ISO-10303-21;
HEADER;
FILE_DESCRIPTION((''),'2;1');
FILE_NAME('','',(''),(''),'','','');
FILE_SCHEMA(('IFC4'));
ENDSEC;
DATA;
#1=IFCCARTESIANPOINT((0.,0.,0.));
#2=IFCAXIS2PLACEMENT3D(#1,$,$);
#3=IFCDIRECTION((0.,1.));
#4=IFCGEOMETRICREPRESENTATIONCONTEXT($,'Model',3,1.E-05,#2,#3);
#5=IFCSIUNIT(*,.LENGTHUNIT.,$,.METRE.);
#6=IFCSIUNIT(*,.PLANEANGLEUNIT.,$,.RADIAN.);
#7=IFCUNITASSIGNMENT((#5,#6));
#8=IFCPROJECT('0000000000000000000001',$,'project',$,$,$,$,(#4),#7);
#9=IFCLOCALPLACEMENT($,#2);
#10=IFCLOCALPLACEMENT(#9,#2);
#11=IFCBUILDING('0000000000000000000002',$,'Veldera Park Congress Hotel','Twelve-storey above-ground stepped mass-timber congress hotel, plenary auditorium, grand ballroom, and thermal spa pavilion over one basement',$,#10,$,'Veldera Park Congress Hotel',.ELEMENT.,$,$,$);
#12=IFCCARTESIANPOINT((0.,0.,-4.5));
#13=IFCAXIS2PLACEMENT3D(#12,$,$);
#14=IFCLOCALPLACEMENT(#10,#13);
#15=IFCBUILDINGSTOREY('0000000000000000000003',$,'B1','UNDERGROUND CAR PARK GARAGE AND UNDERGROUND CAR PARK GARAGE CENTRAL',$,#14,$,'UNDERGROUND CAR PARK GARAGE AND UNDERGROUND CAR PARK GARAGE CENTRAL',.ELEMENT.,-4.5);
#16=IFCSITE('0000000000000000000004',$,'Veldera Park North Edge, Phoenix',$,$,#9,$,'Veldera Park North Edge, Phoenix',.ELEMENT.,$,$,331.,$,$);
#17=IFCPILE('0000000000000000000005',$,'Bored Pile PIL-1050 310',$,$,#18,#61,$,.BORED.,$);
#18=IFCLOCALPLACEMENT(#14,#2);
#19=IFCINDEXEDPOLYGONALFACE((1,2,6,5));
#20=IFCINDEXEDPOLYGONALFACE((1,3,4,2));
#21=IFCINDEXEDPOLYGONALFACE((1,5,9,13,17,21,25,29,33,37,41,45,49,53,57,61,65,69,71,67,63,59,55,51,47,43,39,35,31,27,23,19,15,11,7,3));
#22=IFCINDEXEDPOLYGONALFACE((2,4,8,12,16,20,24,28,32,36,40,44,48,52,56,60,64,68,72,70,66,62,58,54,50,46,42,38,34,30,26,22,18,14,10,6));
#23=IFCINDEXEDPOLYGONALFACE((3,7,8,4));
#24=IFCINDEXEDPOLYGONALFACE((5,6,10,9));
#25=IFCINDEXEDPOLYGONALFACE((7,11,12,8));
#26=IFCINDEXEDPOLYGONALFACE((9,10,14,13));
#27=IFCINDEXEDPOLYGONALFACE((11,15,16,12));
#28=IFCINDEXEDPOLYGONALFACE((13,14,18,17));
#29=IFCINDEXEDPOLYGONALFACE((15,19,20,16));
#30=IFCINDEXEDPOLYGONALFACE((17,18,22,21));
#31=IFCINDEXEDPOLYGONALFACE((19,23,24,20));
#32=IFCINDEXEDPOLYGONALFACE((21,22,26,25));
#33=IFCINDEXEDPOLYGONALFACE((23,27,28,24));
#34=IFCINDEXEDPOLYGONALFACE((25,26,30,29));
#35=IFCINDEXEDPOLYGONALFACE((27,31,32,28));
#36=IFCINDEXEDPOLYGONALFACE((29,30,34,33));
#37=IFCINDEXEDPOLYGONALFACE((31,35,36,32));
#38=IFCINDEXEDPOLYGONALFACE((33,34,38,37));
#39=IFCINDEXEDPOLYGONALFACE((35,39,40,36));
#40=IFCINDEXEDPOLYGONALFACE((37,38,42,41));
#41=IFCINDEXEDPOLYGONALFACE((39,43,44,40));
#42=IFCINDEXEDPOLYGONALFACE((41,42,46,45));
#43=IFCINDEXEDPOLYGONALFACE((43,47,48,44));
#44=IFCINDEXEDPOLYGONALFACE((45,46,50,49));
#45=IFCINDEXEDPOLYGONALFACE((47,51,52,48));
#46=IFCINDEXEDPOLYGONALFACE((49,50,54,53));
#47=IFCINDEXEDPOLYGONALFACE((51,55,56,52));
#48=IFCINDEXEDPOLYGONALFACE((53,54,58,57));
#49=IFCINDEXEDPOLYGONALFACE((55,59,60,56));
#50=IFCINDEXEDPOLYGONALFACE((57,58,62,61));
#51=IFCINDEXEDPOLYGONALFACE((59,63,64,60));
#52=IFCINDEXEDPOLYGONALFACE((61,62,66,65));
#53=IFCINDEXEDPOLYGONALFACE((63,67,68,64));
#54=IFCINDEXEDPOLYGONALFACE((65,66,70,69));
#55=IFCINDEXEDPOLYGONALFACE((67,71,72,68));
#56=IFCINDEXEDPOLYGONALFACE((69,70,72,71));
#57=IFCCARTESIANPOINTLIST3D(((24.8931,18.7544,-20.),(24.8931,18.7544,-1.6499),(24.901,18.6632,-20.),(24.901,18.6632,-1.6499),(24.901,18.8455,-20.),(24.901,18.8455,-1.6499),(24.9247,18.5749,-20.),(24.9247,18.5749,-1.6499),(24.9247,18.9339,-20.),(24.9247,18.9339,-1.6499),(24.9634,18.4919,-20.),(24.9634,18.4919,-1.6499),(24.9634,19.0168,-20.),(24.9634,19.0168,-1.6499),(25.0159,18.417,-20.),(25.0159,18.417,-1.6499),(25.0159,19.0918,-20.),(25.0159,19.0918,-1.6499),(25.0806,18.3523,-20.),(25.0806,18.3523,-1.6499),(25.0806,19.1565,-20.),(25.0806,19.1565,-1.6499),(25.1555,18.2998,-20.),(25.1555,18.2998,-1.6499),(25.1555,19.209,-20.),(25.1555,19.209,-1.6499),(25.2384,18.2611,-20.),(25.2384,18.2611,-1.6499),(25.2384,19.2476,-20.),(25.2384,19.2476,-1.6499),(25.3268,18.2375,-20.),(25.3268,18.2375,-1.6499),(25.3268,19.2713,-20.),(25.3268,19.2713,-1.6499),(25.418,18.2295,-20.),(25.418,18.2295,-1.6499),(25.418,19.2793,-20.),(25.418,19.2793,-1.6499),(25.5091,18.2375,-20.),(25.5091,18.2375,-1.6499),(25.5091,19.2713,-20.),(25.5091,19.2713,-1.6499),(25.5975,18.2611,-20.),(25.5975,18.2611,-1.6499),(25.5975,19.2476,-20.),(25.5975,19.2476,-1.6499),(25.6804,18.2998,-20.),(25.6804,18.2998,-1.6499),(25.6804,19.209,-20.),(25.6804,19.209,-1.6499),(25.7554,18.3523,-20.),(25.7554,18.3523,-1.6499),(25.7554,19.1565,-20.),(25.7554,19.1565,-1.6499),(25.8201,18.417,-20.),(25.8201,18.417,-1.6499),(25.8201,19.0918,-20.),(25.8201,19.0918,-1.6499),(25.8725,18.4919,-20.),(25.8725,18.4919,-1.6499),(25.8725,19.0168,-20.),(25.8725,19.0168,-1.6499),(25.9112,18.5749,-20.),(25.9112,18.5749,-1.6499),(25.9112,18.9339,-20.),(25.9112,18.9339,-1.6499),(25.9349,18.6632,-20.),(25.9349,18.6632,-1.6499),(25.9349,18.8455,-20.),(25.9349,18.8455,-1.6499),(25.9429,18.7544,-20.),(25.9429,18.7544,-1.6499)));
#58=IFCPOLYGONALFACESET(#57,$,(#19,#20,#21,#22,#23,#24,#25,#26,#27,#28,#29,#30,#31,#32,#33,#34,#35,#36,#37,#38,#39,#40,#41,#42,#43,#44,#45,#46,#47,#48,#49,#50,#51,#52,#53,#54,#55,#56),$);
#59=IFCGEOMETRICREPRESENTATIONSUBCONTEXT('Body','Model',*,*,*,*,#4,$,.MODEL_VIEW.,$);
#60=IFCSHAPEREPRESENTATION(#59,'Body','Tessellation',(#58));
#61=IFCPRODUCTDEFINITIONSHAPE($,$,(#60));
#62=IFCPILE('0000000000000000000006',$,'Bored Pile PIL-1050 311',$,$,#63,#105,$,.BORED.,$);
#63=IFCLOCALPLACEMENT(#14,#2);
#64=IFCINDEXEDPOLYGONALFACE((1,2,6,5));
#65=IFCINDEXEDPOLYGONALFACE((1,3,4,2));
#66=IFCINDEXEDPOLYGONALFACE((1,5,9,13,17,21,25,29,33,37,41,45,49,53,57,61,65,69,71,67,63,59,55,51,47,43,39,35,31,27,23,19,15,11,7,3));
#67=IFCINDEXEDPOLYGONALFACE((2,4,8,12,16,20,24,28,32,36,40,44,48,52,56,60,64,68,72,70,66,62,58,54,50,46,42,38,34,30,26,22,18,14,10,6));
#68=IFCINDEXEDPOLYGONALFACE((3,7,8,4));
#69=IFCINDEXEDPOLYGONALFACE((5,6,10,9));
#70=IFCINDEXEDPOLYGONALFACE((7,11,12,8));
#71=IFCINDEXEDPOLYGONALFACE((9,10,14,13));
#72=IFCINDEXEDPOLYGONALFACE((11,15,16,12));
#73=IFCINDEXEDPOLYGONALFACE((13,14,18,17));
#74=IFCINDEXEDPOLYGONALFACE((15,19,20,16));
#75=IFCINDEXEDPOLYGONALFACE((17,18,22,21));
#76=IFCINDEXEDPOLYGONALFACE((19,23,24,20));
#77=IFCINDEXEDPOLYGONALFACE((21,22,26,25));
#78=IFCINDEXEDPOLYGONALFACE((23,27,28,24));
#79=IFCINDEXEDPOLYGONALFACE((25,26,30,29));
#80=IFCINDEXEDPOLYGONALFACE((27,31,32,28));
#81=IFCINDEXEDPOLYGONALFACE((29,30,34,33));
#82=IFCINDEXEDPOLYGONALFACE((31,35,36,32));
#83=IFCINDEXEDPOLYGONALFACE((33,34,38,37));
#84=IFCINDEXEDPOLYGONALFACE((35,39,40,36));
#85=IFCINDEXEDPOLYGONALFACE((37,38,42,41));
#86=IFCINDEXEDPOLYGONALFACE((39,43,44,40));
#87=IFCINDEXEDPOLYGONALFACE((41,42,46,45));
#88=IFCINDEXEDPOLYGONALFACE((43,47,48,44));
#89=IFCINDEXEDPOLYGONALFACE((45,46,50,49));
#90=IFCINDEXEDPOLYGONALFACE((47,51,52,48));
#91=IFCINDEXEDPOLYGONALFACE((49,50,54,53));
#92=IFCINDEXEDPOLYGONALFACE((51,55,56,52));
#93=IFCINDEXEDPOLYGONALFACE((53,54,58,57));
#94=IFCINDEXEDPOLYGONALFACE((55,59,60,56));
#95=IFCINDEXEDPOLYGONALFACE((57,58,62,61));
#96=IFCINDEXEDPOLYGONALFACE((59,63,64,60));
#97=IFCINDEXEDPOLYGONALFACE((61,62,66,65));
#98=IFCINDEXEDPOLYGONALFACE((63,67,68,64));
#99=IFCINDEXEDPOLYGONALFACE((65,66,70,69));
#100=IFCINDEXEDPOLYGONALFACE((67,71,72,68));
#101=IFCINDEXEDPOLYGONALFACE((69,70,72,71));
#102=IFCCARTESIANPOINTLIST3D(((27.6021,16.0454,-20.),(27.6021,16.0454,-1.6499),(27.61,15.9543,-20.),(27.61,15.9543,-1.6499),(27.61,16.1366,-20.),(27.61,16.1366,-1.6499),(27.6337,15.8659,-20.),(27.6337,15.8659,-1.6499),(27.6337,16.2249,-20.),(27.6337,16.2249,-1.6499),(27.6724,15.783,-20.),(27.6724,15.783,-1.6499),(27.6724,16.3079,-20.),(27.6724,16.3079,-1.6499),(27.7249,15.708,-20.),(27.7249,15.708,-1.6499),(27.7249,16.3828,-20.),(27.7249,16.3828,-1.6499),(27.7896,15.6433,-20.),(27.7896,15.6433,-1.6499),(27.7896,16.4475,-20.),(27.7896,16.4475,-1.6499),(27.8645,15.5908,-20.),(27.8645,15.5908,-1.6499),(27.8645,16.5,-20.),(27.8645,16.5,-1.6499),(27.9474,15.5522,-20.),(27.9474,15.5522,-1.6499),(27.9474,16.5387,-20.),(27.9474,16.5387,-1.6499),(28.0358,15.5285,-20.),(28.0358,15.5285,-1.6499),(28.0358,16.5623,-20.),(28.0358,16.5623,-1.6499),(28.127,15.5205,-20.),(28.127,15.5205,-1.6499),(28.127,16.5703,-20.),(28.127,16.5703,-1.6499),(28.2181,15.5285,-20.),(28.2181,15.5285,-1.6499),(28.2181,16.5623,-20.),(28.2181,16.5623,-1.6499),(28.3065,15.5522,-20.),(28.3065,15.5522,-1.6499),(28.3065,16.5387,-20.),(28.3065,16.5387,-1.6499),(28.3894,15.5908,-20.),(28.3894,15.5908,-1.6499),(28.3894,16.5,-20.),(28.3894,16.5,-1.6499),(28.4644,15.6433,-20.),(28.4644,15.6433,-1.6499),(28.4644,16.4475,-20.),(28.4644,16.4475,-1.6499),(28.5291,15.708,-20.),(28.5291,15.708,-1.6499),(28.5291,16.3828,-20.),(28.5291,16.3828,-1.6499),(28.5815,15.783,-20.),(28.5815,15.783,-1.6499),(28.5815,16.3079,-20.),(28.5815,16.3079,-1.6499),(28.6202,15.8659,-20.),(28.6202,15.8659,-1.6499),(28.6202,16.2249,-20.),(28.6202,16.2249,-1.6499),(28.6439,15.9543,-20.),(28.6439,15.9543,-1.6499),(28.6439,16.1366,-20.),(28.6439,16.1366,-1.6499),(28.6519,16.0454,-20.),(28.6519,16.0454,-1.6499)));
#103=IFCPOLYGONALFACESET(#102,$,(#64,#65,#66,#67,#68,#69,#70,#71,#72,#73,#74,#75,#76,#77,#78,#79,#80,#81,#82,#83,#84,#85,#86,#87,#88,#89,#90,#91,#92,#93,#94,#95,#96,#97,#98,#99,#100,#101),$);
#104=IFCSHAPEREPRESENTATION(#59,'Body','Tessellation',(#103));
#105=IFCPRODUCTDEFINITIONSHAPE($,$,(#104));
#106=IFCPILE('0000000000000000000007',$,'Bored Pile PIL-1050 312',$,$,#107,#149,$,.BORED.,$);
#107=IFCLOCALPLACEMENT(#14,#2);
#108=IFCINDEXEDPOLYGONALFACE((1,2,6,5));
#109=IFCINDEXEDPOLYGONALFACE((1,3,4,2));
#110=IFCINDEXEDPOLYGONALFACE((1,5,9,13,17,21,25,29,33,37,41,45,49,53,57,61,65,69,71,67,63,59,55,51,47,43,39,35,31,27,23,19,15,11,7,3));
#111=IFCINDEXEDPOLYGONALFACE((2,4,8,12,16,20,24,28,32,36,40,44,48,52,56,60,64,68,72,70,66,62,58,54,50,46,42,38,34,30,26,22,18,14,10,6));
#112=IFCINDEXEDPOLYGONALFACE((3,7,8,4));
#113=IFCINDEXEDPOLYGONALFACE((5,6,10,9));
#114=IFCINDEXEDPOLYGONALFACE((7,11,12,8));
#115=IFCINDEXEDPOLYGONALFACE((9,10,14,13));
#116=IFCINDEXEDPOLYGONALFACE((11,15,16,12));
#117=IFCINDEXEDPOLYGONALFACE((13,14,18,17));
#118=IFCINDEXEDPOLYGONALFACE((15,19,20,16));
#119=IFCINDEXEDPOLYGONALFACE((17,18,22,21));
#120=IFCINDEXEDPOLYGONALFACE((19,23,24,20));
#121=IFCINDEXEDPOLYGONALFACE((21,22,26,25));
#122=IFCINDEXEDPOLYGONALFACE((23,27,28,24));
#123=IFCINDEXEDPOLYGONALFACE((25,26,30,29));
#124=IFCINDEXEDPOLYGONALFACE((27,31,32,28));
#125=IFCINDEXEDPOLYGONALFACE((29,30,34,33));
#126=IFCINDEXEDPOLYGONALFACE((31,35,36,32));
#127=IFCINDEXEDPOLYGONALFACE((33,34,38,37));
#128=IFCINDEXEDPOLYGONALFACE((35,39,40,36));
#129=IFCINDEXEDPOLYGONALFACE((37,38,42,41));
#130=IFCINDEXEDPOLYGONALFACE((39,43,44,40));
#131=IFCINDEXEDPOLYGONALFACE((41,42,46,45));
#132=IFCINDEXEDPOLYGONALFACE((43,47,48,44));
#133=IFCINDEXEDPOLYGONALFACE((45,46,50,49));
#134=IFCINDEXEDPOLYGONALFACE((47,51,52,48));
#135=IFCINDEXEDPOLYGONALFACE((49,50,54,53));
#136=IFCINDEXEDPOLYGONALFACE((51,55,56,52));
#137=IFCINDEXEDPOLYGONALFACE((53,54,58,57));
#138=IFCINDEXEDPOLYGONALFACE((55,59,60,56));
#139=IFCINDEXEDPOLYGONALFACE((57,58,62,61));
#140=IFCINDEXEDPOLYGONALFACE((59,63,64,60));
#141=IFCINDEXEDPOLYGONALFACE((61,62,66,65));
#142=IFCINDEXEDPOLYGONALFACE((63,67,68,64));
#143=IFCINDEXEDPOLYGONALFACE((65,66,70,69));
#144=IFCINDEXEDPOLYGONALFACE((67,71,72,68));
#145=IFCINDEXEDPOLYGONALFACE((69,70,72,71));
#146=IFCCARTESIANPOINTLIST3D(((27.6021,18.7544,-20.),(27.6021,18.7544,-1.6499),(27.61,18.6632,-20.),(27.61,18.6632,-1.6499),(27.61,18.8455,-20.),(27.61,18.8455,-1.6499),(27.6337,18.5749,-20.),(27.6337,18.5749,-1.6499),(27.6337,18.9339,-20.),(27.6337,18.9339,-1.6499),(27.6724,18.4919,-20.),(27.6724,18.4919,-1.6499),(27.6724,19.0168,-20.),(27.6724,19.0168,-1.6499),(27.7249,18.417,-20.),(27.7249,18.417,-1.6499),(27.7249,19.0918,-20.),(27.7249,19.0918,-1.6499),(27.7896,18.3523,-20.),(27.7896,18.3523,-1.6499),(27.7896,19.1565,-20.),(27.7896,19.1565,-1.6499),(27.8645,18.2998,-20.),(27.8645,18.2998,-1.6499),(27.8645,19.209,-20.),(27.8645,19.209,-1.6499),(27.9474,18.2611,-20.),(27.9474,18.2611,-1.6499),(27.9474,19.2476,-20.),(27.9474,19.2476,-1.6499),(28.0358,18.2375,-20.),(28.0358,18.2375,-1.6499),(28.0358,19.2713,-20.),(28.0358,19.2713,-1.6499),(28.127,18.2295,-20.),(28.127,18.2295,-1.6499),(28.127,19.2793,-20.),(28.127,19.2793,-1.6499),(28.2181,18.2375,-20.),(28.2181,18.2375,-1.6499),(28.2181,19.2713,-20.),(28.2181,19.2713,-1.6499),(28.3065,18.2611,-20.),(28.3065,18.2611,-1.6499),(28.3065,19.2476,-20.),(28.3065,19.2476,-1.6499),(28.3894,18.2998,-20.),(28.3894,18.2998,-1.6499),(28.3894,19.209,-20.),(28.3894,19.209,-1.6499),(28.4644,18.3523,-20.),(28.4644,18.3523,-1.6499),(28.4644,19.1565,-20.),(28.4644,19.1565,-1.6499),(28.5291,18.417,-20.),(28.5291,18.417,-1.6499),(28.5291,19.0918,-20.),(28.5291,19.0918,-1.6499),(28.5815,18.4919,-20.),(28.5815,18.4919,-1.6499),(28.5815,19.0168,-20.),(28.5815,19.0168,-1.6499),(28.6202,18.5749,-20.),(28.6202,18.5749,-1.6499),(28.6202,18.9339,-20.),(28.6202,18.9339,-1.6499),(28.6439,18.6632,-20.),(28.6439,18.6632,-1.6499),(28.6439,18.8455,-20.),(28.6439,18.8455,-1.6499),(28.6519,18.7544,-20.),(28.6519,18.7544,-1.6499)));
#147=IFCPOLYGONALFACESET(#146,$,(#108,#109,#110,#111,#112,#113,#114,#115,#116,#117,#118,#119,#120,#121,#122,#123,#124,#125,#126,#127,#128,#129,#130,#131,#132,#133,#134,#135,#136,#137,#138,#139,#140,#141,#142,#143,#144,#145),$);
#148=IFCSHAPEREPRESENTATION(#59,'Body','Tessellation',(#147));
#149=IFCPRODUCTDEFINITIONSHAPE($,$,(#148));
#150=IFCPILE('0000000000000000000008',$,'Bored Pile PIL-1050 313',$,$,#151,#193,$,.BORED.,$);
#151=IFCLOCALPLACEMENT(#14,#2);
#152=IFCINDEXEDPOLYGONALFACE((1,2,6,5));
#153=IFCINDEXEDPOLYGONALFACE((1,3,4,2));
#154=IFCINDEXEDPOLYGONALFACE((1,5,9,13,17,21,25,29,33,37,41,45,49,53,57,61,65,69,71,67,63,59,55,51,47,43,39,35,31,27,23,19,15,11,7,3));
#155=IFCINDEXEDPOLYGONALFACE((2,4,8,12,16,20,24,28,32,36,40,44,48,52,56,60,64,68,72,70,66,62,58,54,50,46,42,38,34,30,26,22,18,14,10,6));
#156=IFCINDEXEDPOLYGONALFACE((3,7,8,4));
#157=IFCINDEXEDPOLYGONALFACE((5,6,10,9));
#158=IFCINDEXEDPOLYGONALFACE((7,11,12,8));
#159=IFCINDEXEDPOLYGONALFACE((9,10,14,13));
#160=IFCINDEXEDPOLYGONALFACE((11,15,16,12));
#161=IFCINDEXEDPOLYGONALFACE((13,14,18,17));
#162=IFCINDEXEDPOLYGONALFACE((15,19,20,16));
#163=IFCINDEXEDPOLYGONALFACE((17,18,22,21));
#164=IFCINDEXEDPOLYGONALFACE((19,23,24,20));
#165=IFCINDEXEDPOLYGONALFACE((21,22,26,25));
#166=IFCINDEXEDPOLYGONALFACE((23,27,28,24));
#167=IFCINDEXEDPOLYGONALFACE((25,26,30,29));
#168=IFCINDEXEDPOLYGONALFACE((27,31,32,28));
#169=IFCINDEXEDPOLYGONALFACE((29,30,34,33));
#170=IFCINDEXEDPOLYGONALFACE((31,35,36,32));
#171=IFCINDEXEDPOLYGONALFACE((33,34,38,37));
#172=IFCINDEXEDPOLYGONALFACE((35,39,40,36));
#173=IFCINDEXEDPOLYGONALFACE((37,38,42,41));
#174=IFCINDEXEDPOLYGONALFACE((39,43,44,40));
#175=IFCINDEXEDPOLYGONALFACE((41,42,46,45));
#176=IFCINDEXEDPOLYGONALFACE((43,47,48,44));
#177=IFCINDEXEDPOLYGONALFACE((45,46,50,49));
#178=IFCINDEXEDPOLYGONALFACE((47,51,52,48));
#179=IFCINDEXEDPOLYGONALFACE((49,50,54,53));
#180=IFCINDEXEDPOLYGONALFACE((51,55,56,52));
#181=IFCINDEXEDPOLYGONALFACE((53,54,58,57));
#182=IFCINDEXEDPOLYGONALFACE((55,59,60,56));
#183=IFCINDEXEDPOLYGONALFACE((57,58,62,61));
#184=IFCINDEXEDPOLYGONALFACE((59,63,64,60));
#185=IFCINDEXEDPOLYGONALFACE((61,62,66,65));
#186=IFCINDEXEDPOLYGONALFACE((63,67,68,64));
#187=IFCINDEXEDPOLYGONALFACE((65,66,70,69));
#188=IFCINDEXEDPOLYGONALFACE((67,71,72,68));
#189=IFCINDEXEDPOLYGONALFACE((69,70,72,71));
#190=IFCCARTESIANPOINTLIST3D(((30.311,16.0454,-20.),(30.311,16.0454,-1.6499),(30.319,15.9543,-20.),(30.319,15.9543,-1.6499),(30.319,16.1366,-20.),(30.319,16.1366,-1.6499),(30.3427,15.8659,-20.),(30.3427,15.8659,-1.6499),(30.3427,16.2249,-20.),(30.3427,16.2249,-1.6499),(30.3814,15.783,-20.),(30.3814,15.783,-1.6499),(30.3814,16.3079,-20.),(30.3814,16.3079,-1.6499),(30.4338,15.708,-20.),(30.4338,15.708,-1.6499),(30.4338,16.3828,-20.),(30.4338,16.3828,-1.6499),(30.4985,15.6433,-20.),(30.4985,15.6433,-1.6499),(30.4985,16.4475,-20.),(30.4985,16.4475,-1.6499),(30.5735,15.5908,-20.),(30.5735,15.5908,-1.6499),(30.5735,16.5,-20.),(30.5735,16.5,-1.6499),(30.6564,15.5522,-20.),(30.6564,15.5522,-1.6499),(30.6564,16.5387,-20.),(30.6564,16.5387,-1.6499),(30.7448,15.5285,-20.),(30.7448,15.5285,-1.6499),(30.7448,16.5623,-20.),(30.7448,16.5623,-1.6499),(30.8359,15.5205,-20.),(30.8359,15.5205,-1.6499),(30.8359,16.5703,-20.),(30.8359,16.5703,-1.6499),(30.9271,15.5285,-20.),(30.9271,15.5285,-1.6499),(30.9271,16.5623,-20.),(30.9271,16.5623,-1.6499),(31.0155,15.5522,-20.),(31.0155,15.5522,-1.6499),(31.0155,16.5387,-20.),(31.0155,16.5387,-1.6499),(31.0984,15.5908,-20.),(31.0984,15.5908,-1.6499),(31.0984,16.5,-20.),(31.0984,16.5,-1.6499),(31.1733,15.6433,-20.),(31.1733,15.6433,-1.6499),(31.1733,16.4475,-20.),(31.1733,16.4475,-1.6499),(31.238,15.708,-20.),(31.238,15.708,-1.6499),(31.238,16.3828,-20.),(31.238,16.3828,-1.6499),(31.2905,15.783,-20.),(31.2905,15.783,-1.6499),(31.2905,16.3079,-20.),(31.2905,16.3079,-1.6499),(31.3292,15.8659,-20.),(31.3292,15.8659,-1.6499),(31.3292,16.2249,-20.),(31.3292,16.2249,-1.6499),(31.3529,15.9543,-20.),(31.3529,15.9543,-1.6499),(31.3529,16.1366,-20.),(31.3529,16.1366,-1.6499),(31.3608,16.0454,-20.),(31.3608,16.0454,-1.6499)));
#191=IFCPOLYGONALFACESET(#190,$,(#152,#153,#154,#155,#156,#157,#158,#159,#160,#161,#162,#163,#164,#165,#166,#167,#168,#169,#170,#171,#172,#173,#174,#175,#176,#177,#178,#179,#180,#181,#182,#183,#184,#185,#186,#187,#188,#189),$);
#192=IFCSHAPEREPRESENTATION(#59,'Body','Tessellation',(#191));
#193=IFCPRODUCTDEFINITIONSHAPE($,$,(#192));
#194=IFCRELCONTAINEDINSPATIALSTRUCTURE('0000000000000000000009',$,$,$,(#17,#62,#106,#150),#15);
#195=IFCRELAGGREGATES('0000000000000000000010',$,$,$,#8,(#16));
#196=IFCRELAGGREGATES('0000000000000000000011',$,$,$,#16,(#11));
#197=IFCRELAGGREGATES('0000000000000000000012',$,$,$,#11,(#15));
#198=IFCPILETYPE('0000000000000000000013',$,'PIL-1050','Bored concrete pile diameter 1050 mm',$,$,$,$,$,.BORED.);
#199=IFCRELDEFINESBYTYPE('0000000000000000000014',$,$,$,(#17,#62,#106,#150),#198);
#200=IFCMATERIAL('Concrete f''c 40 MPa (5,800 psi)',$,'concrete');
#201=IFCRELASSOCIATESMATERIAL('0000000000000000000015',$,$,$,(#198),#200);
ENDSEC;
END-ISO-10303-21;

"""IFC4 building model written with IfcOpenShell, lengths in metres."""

from ifc_helpers import new_model, si_unit, direction, frame, origin, origin_2d, place, context, subcontext, project, spatial, circle, extrude, material, material_profile, profile_set, type_object, element, save


model = new_model("IFC4")

# Units and contexts
model_context = context("Model", 3, precision=1e-05, world=origin(), true_north=direction((0.0, 1.0)))
body_context = subcontext(model_context, "Body", "Model", "MODEL_VIEW")
ifc_project = project(units=[si_unit("LENGTHUNIT", "METRE"), si_unit("PLANEANGLEUNIT", "RADIAN")], contexts=[model_context])

# Site, building, storey
site_placement = place(None, origin())
site = spatial("IfcSite", under=ifc_project, at=site_placement, Name="Veldera Park North Edge, Phoenix", LongName="Veldera Park North Edge, Phoenix", CompositionType="ELEMENT", RefElevation=331.0)
building_placement = place(site_placement, origin())
building = spatial("IfcBuilding", under=site, at=building_placement, Name="Veldera Park Congress Hotel", Description="Twelve-storey above-ground stepped mass-timber congress hotel, plenary auditorium, grand ballroom, and thermal spa pavilion over one basement", LongName="Veldera Park Congress Hotel", CompositionType="ELEMENT")
storey_placement = place(building_placement, frame((0.0, 0.0, -4.5)))
storey = spatial("IfcBuildingStorey", under=building, at=storey_placement, Name="B1", Description="UNDERGROUND CAR PARK GARAGE AND UNDERGROUND CAR PARK GARAGE CENTRAL", LongName="UNDERGROUND CAR PARK GARAGE AND UNDERGROUND CAR PARK GARAGE CENTRAL", CompositionType="ELEMENT", Elevation=-4.5)

# Shared definitions
ifc_material_1 = material(Name="Concrete f'c 40 MPa (5,800 psi)", Category="concrete")

# Piles
ifc_material_profile_1 = material_profile(ifc_material_1, circle(Radius=0.5249, at=origin_2d()), Name="PILE D1050")
ifc_profile_set_1 = profile_set([ifc_material_profile_1], Name="Concrete f'c 40 MPa (5,800 psi)")
pile_type = type_object("IfcPileType", Name="PIL-1050", Description="Bored concrete pile diameter 1050 mm", PredefinedType="BORED", material=ifc_profile_set_1)
for number, where, z_axis, x_axis, name in (
    (1, (25.418, 18.7544, -1.6499), (0.0, 0.0, -1.0), (1.0, 0.0, 0.0), "Bored Pile PIL-1050 310"),
    (2, (28.127, 16.0454, -1.6499), (0.0, 0.0, -1.0), (1.0, 0.0, 0.0), "Bored Pile PIL-1050 311"),
    (3, (28.127, 18.7544, -1.6499), (0.0, 0.0, -1.0), (1.0, 0.0, 0.0), "Bored Pile PIL-1050 312"),
    (4, (30.8359, 16.0454, -1.6499), (0.0, 0.0, -1.0), (1.0, 0.0, 0.0), "Bored Pile PIL-1050 313"),
):
    element("IfcPile", number, at=place(storey_placement, frame(where, z_axis=z_axis, x_axis=x_axis)), inside=storey, type_object=pile_type, Name=name, PredefinedType="BORED", context=body_context, shape_type="SweptSolid", body=[
        extrude(circle(Radius=0.5249, at=origin_2d()), origin(), (0.0, 0.0, 1.0), 18.3501),
    ])

save(model, "model.ifc")
